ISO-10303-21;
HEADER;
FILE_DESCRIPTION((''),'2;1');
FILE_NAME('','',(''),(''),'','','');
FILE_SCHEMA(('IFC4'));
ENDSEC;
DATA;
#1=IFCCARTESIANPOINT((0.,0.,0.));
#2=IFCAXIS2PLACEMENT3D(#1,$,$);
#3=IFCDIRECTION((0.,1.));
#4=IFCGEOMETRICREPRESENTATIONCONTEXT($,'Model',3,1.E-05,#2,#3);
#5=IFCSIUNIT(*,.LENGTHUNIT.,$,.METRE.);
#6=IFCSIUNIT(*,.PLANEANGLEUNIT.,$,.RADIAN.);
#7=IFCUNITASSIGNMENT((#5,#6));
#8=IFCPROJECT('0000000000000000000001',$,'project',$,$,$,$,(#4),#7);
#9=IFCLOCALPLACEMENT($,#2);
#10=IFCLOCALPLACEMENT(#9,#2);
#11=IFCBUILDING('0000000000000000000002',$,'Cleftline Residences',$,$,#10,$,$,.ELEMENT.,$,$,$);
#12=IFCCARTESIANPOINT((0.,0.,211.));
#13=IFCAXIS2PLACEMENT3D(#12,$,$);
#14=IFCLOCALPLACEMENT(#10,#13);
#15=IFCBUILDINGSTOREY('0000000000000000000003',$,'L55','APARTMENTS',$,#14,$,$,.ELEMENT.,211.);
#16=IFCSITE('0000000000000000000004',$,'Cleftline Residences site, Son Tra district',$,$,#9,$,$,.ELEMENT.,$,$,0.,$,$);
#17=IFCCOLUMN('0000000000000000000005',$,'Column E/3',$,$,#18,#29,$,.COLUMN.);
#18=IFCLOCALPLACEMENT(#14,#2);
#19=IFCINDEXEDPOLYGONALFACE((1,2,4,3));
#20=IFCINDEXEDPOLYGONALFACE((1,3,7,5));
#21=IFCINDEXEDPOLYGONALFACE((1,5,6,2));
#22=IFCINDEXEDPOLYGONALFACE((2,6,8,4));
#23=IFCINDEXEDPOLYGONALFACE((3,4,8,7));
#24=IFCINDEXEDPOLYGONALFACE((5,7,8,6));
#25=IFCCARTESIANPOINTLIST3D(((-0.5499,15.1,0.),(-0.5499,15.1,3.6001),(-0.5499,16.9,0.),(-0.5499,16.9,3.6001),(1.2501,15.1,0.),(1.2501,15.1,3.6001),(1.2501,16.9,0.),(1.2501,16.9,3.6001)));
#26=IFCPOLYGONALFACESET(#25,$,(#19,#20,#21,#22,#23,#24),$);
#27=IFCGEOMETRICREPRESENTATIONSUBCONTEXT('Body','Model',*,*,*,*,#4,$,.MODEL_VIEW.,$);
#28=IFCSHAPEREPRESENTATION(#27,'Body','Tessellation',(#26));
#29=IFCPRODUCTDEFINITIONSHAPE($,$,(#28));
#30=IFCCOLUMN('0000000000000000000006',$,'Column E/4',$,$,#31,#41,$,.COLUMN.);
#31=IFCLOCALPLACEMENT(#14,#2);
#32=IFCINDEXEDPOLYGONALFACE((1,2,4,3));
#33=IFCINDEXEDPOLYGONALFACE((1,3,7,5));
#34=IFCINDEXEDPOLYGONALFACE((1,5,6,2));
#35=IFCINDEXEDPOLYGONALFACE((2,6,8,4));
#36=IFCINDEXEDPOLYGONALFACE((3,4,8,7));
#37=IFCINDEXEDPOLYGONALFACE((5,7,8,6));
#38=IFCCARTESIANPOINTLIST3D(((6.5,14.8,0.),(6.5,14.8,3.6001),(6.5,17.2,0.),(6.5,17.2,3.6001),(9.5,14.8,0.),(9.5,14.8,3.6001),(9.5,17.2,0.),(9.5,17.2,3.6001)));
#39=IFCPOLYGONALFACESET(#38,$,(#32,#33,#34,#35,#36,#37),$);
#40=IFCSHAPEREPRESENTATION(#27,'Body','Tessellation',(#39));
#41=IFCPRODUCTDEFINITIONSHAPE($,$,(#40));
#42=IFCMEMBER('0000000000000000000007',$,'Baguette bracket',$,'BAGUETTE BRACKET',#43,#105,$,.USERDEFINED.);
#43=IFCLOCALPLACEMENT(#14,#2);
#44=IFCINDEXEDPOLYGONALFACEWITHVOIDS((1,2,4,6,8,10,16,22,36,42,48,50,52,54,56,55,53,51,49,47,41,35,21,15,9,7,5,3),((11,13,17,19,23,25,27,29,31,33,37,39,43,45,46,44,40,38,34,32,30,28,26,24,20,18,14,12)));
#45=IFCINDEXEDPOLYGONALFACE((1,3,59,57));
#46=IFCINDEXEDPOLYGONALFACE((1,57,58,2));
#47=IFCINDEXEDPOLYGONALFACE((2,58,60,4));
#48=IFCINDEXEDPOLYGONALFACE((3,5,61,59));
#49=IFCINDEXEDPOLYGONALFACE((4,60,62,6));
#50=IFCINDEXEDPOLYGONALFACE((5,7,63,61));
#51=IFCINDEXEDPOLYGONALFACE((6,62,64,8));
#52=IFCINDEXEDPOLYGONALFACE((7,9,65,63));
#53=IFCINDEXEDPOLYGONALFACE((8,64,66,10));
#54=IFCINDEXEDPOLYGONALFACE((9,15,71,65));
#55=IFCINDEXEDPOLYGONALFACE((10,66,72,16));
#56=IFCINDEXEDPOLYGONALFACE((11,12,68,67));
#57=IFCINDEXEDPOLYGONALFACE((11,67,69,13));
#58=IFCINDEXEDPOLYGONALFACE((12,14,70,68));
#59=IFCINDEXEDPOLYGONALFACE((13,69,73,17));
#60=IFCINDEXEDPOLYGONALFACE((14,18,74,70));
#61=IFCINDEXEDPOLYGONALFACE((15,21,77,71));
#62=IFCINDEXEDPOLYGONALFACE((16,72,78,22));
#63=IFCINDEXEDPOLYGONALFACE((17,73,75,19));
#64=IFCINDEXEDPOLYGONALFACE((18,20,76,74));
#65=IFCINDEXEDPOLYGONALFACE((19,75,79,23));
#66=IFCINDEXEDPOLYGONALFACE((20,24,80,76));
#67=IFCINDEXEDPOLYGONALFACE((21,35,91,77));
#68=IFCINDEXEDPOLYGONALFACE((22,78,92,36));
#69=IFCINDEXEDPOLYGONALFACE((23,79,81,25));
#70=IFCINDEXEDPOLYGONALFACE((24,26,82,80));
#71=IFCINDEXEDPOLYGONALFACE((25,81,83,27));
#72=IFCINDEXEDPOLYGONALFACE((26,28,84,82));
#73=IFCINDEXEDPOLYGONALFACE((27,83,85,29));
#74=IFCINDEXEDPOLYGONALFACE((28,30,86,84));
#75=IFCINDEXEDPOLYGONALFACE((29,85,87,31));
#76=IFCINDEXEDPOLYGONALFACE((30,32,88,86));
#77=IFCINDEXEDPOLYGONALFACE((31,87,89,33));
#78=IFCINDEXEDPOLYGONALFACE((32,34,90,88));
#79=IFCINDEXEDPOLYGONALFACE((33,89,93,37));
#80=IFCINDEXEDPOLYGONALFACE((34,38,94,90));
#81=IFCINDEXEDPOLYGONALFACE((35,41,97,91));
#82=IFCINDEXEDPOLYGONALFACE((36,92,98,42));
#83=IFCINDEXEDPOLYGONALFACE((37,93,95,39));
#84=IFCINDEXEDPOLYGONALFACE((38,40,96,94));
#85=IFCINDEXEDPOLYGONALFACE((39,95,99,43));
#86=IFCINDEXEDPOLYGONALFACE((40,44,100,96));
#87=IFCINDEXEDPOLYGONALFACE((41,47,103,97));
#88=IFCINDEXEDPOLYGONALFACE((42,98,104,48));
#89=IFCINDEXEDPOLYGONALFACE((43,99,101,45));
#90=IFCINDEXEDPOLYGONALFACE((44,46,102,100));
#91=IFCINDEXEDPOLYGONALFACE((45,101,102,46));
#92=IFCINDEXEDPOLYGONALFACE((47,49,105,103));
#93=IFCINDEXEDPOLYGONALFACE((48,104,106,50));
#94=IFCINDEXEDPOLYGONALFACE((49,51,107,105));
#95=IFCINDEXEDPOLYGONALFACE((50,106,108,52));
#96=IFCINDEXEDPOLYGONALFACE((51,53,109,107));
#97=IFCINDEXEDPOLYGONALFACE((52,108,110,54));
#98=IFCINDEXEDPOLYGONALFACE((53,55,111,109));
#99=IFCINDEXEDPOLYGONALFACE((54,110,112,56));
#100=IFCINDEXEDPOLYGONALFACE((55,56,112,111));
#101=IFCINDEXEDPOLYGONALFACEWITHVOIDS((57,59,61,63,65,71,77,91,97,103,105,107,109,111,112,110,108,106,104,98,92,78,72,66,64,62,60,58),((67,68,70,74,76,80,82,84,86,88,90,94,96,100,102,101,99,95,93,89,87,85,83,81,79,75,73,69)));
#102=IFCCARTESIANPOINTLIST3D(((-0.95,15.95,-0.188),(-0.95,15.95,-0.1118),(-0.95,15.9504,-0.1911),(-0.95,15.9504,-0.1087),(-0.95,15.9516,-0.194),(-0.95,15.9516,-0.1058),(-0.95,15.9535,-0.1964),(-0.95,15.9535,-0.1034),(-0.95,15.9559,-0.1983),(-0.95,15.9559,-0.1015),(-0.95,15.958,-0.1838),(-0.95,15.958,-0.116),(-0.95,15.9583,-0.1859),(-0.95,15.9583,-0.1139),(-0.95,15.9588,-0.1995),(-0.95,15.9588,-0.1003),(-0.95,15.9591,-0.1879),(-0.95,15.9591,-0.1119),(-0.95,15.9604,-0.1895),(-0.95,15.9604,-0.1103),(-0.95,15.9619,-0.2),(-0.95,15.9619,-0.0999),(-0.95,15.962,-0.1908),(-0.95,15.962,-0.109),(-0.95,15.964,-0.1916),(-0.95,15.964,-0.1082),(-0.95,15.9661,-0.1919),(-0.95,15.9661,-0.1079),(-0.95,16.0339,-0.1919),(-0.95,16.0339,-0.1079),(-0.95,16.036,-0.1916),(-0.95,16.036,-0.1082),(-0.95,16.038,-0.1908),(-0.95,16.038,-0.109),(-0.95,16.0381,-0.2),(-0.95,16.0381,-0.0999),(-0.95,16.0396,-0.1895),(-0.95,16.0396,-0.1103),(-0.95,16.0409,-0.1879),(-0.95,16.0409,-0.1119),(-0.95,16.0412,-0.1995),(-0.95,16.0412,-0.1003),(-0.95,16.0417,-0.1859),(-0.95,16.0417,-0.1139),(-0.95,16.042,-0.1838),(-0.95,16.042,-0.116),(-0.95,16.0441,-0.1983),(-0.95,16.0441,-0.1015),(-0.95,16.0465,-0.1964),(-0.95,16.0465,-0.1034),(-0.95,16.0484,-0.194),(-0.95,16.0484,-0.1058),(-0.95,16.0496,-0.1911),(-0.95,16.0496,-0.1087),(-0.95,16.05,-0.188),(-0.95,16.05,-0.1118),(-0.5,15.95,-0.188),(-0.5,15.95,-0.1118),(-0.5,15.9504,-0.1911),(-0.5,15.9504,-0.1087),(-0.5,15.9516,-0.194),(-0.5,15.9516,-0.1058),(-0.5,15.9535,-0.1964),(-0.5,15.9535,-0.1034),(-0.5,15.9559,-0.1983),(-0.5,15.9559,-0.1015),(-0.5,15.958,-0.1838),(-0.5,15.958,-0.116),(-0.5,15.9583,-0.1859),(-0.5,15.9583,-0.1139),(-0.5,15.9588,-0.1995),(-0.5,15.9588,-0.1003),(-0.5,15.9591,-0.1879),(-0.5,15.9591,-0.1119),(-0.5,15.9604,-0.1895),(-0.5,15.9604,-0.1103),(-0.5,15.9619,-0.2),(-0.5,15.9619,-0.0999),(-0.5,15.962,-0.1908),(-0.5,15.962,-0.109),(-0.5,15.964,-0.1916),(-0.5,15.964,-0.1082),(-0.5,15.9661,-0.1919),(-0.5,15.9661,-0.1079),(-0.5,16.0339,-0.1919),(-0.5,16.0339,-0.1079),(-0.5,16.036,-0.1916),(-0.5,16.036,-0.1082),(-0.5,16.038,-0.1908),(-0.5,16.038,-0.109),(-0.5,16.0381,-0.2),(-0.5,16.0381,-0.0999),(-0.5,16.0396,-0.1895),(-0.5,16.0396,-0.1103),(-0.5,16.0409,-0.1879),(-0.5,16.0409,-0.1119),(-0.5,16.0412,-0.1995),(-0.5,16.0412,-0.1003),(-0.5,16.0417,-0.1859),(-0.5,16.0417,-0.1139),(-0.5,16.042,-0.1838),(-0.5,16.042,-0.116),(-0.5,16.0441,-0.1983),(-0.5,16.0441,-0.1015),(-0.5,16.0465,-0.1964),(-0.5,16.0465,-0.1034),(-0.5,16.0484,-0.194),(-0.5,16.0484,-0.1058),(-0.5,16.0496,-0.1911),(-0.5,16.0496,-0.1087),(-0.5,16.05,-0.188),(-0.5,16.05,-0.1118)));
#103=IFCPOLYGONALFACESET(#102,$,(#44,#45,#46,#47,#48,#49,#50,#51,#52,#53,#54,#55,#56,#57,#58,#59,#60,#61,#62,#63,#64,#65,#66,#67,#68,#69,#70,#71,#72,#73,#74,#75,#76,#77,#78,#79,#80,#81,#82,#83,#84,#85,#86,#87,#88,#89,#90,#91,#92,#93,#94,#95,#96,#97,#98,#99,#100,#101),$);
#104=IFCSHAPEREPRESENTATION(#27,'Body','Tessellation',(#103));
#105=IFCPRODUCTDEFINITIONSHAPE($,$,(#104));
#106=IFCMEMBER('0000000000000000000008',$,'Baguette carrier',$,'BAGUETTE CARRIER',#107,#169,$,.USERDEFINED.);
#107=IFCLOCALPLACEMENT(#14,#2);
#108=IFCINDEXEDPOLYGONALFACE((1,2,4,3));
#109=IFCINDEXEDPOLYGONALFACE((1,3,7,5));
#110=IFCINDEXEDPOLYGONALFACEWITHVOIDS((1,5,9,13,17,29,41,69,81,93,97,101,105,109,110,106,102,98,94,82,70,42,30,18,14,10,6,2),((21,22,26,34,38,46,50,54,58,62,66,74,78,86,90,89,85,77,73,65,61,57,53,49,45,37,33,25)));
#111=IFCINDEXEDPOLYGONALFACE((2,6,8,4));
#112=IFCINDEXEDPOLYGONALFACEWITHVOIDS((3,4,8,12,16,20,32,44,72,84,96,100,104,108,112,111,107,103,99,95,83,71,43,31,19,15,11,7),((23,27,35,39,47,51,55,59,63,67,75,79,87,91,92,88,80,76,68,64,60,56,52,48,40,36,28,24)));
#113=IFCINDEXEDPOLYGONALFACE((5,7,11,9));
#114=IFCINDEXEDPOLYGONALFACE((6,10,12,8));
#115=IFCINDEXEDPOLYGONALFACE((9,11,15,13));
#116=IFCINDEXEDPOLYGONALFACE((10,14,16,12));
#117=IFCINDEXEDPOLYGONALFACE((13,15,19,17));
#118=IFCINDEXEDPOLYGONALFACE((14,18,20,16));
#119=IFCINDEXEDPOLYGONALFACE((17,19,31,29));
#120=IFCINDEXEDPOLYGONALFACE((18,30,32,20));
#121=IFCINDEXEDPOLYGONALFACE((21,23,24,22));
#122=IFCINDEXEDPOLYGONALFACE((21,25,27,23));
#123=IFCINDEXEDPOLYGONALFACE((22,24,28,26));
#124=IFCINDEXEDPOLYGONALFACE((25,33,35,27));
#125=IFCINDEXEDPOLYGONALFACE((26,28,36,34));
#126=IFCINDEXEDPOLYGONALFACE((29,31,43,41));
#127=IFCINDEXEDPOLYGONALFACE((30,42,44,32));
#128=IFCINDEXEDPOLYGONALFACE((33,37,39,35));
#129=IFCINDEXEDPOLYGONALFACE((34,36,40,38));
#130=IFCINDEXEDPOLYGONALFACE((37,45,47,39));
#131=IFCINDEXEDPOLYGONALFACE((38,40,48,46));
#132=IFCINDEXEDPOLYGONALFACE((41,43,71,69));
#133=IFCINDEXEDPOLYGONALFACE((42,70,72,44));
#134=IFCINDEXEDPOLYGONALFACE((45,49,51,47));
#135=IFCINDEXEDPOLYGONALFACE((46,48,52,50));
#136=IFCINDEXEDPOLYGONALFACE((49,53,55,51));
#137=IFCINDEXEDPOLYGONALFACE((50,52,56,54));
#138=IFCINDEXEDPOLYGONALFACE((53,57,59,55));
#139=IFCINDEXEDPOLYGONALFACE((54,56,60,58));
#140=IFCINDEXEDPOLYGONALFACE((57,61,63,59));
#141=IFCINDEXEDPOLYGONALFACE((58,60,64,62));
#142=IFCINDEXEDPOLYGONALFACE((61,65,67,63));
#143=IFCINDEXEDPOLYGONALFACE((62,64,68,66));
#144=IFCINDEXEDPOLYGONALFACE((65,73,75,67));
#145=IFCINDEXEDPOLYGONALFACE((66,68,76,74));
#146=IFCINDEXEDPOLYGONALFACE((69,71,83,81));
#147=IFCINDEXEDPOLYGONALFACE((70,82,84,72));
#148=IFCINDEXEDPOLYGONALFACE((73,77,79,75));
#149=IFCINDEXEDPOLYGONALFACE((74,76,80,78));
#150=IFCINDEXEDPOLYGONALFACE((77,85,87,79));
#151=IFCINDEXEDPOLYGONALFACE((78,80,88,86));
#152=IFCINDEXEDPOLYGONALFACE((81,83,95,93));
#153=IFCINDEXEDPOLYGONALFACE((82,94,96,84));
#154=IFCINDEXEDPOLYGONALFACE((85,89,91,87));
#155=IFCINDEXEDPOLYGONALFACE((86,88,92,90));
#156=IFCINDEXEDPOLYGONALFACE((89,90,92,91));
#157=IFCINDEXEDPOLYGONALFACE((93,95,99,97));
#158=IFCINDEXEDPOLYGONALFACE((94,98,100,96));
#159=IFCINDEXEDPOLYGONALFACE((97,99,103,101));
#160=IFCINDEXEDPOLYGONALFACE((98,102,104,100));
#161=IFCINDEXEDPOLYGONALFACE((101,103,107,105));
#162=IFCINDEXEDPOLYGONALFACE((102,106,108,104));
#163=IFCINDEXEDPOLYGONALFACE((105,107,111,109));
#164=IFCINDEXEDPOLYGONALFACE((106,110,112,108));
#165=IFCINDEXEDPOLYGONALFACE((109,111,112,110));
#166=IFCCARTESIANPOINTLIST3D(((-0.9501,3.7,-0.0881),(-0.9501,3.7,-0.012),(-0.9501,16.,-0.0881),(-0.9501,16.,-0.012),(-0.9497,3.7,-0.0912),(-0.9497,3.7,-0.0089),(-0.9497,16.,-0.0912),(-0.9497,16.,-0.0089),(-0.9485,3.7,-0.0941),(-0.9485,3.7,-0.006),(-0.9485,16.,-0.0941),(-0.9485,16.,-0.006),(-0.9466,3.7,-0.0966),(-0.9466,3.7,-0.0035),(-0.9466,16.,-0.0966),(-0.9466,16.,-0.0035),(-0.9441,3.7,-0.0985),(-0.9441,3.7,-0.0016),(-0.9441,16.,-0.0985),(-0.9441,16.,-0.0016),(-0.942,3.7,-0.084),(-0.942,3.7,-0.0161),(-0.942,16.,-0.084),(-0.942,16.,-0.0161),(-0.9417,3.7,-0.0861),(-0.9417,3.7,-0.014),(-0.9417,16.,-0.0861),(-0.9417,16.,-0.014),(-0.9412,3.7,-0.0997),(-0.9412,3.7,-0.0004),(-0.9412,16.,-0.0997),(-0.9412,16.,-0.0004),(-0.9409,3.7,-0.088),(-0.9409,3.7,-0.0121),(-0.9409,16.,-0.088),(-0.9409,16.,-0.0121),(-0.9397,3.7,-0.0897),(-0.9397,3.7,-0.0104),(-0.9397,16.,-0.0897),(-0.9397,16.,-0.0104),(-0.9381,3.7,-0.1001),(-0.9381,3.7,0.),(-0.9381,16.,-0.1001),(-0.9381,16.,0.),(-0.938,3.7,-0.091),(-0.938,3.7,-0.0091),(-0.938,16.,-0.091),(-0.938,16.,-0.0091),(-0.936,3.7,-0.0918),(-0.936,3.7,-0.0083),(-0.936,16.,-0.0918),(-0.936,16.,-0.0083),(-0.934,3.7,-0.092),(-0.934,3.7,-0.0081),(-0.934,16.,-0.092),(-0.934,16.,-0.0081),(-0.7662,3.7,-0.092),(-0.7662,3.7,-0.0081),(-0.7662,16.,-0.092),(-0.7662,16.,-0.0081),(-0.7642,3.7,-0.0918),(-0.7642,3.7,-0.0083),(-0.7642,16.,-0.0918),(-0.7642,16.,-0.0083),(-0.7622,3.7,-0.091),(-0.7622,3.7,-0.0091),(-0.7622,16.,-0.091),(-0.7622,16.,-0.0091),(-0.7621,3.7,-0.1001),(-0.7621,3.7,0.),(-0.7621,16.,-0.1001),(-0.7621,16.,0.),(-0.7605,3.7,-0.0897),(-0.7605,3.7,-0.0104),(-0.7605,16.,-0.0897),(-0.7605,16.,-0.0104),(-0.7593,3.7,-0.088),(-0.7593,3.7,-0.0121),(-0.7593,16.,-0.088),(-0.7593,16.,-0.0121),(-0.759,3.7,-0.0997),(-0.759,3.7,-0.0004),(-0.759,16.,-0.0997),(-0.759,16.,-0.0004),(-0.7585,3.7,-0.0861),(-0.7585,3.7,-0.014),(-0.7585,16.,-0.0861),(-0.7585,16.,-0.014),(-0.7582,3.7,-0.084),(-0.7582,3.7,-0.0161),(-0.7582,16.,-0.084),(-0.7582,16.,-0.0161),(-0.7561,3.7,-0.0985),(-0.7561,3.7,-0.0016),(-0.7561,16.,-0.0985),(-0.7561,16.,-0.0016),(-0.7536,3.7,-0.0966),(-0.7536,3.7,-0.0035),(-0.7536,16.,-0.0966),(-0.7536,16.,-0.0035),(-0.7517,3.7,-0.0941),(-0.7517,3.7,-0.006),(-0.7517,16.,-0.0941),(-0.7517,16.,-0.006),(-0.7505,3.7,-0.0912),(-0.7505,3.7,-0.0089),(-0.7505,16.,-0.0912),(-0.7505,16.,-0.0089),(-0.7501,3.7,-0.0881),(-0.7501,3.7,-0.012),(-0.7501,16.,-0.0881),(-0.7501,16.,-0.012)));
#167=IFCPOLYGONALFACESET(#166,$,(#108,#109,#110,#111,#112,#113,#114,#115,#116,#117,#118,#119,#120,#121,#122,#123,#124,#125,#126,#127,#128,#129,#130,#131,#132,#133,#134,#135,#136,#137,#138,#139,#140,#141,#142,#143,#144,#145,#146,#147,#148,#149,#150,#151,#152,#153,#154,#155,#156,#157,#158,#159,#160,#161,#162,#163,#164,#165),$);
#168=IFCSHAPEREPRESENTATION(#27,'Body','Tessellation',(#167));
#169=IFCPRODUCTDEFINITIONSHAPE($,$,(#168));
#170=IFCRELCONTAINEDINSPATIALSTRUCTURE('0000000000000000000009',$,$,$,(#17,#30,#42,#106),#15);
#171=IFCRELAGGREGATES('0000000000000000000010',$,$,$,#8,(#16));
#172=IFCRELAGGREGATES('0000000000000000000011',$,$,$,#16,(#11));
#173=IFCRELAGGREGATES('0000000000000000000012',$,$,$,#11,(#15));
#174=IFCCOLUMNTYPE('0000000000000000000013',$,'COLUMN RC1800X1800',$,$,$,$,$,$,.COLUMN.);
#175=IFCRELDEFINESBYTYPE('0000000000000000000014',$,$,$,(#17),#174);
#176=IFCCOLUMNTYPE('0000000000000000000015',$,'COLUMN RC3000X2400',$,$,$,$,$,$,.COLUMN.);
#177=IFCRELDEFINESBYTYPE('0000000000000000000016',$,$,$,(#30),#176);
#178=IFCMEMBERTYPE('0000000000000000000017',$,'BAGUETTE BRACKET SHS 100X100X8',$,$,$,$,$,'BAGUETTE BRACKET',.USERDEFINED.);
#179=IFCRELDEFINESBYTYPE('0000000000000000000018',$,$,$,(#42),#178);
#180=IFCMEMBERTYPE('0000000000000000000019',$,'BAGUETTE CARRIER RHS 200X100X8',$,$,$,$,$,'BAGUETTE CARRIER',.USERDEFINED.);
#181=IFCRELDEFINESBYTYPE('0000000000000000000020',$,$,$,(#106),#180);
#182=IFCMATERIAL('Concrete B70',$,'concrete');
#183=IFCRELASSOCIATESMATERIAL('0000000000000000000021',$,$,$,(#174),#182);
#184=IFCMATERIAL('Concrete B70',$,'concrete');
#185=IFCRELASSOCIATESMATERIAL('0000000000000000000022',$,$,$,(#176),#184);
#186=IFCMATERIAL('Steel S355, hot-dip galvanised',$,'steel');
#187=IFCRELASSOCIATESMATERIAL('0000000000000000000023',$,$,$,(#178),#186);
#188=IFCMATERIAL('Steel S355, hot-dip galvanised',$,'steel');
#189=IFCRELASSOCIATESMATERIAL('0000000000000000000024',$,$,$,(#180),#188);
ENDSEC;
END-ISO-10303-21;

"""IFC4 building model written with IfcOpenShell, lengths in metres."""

from ifc_helpers import new_model, si_unit, direction, frame, origin, origin_2d, place, context, subcontext, project, spatial, rectangle, hollow_rectangle, extrude, material, material_profile, profile_set, type_object, element, save


model = new_model("IFC4")

# Units and contexts
model_context = context("Model", 3, precision=1e-05, world=origin(), true_north=direction((0.0, 1.0)))
body_context = subcontext(model_context, "Body", "Model", "MODEL_VIEW")
ifc_project = project(units=[si_unit("LENGTHUNIT", "METRE"), si_unit("PLANEANGLEUNIT", "RADIAN")], contexts=[model_context])

# Site, building, storey
site_placement = place(None, origin())
site = spatial("IfcSite", under=ifc_project, at=site_placement, Name="Cleftline Residences site, Son Tra district", CompositionType="ELEMENT", RefElevation=0.0)
building_placement = place(site_placement, origin())
building = spatial("IfcBuilding", under=site, at=building_placement, Name="Cleftline Residences", CompositionType="ELEMENT")
storey_placement = place(building_placement, frame((0.0, 0.0, 211.0)))
storey = spatial("IfcBuildingStorey", under=building, at=storey_placement, Name="L55", Description="APARTMENTS", CompositionType="ELEMENT", Elevation=211.0)

# Columns
ifc_material_1 = material(Name="Concrete B70", Category="concrete")
ifc_material_profile_1 = material_profile(ifc_material_1, rectangle(XDim=1.8, YDim=1.8, at=origin_2d()))
ifc_profile_set_1 = profile_set([ifc_material_profile_1], Name="Concrete B70")
column_type_1 = type_object("IfcColumnType", Name="COLUMN RC1800X1800", PredefinedType="COLUMN", material=ifc_profile_set_1)
column_1_placement = place(storey_placement, frame((0.3501, 16.0, 0.0), z_axis=(0.0, 0.0, 1.0), x_axis=(1.0, 0.0, 0.0)))
element("IfcColumn", 1, at=column_1_placement, inside=storey, type_object=column_type_1, Name="Column E/3", PredefinedType="COLUMN", context=body_context, shape_type="SweptSolid", body=[
    extrude(rectangle(XDim=1.8, YDim=1.8, at=origin_2d()), origin(), (0.0, 0.0, 1.0), 3.6001),
])
ifc_material_2 = material(Name="Concrete B70", Category="concrete")
ifc_material_profile_2 = material_profile(ifc_material_2, rectangle(XDim=3.0, YDim=2.3999, at=origin_2d()))
ifc_profile_set_2 = profile_set([ifc_material_profile_2], Name="Concrete B70")
column_type_2 = type_object("IfcColumnType", Name="COLUMN RC3000X2400", PredefinedType="COLUMN", material=ifc_profile_set_2)
column_2_placement = place(storey_placement, frame((8.0, 16.0, 0.0), z_axis=(0.0, 0.0, 1.0), x_axis=(1.0, 0.0, 0.0)))
element("IfcColumn", 2, at=column_2_placement, inside=storey, type_object=column_type_2, Name="Column E/4", PredefinedType="COLUMN", context=body_context, shape_type="SweptSolid", body=[
    extrude(rectangle(XDim=3.0, YDim=2.3999, at=origin_2d()), origin(), (0.0, 0.0, 1.0), 3.6001),
])

# Members
ifc_material_3 = material(Name="Steel S355, hot-dip galvanised", Category="steel")
ifc_material_profile_3 = material_profile(ifc_material_3, hollow_rectangle(XDim=0.1001, YDim=0.1001, WallThickness=0.0081, InnerFilletRadius=0.0081, OuterFilletRadius=0.012, at=origin_2d()))
ifc_profile_set_3 = profile_set([ifc_material_profile_3], Name="Steel S355, hot-dip galvanised")
member_type_1 = type_object("IfcMemberType", Name="BAGUETTE BRACKET SHS 100X100X8", ElementType="BAGUETTE BRACKET", PredefinedType="USERDEFINED", material=ifc_profile_set_3)
member_1_placement = place(storey_placement, frame((-0.5, 16.0, -0.1499), z_axis=(-1.0, 0.0, 0.0), x_axis=(0.0, -1.0, 0.0)))
element("IfcMember", 3, at=member_1_placement, inside=storey, type_object=member_type_1, Name="Baguette bracket", ObjectType="BAGUETTE BRACKET", PredefinedType="USERDEFINED", context=body_context, shape_type="SweptSolid", body=[
    extrude(hollow_rectangle(XDim=0.1001, YDim=0.1001, WallThickness=0.0081, InnerFilletRadius=0.0081, OuterFilletRadius=0.012, at=origin_2d()), origin(), (0.0, 0.0, 1.0), 0.45),
])
ifc_material_4 = material(Name="Steel S355, hot-dip galvanised", Category="steel")
ifc_material_profile_4 = material_profile(ifc_material_4, hollow_rectangle(XDim=0.1001, YDim=0.2, WallThickness=0.0081, InnerFilletRadius=0.0081, OuterFilletRadius=0.012, at=origin_2d()))
ifc_profile_set_4 = profile_set([ifc_material_profile_4], Name="Steel S355, hot-dip galvanised")
member_type_2 = type_object("IfcMemberType", Name="BAGUETTE CARRIER RHS 200X100X8", ElementType="BAGUETTE CARRIER", PredefinedType="USERDEFINED", material=ifc_profile_set_4)
member_2_placement = place(storey_placement, frame((-0.8501, 16.0, -0.05), z_axis=(0.0, -1.0, 0.0), x_axis=(0.0, 0.0, 1.0)))
element("IfcMember", 4, at=member_2_placement, inside=storey, type_object=member_type_2, Name="Baguette carrier", ObjectType="BAGUETTE CARRIER", PredefinedType="USERDEFINED", context=body_context, shape_type="SweptSolid", body=[
    extrude(hollow_rectangle(XDim=0.1001, YDim=0.2, WallThickness=0.0081, InnerFilletRadius=0.0081, OuterFilletRadius=0.012, at=origin_2d()), origin(), (0.0, 0.0, 1.0), 12.3),
])

save(model, "model.ifc")
